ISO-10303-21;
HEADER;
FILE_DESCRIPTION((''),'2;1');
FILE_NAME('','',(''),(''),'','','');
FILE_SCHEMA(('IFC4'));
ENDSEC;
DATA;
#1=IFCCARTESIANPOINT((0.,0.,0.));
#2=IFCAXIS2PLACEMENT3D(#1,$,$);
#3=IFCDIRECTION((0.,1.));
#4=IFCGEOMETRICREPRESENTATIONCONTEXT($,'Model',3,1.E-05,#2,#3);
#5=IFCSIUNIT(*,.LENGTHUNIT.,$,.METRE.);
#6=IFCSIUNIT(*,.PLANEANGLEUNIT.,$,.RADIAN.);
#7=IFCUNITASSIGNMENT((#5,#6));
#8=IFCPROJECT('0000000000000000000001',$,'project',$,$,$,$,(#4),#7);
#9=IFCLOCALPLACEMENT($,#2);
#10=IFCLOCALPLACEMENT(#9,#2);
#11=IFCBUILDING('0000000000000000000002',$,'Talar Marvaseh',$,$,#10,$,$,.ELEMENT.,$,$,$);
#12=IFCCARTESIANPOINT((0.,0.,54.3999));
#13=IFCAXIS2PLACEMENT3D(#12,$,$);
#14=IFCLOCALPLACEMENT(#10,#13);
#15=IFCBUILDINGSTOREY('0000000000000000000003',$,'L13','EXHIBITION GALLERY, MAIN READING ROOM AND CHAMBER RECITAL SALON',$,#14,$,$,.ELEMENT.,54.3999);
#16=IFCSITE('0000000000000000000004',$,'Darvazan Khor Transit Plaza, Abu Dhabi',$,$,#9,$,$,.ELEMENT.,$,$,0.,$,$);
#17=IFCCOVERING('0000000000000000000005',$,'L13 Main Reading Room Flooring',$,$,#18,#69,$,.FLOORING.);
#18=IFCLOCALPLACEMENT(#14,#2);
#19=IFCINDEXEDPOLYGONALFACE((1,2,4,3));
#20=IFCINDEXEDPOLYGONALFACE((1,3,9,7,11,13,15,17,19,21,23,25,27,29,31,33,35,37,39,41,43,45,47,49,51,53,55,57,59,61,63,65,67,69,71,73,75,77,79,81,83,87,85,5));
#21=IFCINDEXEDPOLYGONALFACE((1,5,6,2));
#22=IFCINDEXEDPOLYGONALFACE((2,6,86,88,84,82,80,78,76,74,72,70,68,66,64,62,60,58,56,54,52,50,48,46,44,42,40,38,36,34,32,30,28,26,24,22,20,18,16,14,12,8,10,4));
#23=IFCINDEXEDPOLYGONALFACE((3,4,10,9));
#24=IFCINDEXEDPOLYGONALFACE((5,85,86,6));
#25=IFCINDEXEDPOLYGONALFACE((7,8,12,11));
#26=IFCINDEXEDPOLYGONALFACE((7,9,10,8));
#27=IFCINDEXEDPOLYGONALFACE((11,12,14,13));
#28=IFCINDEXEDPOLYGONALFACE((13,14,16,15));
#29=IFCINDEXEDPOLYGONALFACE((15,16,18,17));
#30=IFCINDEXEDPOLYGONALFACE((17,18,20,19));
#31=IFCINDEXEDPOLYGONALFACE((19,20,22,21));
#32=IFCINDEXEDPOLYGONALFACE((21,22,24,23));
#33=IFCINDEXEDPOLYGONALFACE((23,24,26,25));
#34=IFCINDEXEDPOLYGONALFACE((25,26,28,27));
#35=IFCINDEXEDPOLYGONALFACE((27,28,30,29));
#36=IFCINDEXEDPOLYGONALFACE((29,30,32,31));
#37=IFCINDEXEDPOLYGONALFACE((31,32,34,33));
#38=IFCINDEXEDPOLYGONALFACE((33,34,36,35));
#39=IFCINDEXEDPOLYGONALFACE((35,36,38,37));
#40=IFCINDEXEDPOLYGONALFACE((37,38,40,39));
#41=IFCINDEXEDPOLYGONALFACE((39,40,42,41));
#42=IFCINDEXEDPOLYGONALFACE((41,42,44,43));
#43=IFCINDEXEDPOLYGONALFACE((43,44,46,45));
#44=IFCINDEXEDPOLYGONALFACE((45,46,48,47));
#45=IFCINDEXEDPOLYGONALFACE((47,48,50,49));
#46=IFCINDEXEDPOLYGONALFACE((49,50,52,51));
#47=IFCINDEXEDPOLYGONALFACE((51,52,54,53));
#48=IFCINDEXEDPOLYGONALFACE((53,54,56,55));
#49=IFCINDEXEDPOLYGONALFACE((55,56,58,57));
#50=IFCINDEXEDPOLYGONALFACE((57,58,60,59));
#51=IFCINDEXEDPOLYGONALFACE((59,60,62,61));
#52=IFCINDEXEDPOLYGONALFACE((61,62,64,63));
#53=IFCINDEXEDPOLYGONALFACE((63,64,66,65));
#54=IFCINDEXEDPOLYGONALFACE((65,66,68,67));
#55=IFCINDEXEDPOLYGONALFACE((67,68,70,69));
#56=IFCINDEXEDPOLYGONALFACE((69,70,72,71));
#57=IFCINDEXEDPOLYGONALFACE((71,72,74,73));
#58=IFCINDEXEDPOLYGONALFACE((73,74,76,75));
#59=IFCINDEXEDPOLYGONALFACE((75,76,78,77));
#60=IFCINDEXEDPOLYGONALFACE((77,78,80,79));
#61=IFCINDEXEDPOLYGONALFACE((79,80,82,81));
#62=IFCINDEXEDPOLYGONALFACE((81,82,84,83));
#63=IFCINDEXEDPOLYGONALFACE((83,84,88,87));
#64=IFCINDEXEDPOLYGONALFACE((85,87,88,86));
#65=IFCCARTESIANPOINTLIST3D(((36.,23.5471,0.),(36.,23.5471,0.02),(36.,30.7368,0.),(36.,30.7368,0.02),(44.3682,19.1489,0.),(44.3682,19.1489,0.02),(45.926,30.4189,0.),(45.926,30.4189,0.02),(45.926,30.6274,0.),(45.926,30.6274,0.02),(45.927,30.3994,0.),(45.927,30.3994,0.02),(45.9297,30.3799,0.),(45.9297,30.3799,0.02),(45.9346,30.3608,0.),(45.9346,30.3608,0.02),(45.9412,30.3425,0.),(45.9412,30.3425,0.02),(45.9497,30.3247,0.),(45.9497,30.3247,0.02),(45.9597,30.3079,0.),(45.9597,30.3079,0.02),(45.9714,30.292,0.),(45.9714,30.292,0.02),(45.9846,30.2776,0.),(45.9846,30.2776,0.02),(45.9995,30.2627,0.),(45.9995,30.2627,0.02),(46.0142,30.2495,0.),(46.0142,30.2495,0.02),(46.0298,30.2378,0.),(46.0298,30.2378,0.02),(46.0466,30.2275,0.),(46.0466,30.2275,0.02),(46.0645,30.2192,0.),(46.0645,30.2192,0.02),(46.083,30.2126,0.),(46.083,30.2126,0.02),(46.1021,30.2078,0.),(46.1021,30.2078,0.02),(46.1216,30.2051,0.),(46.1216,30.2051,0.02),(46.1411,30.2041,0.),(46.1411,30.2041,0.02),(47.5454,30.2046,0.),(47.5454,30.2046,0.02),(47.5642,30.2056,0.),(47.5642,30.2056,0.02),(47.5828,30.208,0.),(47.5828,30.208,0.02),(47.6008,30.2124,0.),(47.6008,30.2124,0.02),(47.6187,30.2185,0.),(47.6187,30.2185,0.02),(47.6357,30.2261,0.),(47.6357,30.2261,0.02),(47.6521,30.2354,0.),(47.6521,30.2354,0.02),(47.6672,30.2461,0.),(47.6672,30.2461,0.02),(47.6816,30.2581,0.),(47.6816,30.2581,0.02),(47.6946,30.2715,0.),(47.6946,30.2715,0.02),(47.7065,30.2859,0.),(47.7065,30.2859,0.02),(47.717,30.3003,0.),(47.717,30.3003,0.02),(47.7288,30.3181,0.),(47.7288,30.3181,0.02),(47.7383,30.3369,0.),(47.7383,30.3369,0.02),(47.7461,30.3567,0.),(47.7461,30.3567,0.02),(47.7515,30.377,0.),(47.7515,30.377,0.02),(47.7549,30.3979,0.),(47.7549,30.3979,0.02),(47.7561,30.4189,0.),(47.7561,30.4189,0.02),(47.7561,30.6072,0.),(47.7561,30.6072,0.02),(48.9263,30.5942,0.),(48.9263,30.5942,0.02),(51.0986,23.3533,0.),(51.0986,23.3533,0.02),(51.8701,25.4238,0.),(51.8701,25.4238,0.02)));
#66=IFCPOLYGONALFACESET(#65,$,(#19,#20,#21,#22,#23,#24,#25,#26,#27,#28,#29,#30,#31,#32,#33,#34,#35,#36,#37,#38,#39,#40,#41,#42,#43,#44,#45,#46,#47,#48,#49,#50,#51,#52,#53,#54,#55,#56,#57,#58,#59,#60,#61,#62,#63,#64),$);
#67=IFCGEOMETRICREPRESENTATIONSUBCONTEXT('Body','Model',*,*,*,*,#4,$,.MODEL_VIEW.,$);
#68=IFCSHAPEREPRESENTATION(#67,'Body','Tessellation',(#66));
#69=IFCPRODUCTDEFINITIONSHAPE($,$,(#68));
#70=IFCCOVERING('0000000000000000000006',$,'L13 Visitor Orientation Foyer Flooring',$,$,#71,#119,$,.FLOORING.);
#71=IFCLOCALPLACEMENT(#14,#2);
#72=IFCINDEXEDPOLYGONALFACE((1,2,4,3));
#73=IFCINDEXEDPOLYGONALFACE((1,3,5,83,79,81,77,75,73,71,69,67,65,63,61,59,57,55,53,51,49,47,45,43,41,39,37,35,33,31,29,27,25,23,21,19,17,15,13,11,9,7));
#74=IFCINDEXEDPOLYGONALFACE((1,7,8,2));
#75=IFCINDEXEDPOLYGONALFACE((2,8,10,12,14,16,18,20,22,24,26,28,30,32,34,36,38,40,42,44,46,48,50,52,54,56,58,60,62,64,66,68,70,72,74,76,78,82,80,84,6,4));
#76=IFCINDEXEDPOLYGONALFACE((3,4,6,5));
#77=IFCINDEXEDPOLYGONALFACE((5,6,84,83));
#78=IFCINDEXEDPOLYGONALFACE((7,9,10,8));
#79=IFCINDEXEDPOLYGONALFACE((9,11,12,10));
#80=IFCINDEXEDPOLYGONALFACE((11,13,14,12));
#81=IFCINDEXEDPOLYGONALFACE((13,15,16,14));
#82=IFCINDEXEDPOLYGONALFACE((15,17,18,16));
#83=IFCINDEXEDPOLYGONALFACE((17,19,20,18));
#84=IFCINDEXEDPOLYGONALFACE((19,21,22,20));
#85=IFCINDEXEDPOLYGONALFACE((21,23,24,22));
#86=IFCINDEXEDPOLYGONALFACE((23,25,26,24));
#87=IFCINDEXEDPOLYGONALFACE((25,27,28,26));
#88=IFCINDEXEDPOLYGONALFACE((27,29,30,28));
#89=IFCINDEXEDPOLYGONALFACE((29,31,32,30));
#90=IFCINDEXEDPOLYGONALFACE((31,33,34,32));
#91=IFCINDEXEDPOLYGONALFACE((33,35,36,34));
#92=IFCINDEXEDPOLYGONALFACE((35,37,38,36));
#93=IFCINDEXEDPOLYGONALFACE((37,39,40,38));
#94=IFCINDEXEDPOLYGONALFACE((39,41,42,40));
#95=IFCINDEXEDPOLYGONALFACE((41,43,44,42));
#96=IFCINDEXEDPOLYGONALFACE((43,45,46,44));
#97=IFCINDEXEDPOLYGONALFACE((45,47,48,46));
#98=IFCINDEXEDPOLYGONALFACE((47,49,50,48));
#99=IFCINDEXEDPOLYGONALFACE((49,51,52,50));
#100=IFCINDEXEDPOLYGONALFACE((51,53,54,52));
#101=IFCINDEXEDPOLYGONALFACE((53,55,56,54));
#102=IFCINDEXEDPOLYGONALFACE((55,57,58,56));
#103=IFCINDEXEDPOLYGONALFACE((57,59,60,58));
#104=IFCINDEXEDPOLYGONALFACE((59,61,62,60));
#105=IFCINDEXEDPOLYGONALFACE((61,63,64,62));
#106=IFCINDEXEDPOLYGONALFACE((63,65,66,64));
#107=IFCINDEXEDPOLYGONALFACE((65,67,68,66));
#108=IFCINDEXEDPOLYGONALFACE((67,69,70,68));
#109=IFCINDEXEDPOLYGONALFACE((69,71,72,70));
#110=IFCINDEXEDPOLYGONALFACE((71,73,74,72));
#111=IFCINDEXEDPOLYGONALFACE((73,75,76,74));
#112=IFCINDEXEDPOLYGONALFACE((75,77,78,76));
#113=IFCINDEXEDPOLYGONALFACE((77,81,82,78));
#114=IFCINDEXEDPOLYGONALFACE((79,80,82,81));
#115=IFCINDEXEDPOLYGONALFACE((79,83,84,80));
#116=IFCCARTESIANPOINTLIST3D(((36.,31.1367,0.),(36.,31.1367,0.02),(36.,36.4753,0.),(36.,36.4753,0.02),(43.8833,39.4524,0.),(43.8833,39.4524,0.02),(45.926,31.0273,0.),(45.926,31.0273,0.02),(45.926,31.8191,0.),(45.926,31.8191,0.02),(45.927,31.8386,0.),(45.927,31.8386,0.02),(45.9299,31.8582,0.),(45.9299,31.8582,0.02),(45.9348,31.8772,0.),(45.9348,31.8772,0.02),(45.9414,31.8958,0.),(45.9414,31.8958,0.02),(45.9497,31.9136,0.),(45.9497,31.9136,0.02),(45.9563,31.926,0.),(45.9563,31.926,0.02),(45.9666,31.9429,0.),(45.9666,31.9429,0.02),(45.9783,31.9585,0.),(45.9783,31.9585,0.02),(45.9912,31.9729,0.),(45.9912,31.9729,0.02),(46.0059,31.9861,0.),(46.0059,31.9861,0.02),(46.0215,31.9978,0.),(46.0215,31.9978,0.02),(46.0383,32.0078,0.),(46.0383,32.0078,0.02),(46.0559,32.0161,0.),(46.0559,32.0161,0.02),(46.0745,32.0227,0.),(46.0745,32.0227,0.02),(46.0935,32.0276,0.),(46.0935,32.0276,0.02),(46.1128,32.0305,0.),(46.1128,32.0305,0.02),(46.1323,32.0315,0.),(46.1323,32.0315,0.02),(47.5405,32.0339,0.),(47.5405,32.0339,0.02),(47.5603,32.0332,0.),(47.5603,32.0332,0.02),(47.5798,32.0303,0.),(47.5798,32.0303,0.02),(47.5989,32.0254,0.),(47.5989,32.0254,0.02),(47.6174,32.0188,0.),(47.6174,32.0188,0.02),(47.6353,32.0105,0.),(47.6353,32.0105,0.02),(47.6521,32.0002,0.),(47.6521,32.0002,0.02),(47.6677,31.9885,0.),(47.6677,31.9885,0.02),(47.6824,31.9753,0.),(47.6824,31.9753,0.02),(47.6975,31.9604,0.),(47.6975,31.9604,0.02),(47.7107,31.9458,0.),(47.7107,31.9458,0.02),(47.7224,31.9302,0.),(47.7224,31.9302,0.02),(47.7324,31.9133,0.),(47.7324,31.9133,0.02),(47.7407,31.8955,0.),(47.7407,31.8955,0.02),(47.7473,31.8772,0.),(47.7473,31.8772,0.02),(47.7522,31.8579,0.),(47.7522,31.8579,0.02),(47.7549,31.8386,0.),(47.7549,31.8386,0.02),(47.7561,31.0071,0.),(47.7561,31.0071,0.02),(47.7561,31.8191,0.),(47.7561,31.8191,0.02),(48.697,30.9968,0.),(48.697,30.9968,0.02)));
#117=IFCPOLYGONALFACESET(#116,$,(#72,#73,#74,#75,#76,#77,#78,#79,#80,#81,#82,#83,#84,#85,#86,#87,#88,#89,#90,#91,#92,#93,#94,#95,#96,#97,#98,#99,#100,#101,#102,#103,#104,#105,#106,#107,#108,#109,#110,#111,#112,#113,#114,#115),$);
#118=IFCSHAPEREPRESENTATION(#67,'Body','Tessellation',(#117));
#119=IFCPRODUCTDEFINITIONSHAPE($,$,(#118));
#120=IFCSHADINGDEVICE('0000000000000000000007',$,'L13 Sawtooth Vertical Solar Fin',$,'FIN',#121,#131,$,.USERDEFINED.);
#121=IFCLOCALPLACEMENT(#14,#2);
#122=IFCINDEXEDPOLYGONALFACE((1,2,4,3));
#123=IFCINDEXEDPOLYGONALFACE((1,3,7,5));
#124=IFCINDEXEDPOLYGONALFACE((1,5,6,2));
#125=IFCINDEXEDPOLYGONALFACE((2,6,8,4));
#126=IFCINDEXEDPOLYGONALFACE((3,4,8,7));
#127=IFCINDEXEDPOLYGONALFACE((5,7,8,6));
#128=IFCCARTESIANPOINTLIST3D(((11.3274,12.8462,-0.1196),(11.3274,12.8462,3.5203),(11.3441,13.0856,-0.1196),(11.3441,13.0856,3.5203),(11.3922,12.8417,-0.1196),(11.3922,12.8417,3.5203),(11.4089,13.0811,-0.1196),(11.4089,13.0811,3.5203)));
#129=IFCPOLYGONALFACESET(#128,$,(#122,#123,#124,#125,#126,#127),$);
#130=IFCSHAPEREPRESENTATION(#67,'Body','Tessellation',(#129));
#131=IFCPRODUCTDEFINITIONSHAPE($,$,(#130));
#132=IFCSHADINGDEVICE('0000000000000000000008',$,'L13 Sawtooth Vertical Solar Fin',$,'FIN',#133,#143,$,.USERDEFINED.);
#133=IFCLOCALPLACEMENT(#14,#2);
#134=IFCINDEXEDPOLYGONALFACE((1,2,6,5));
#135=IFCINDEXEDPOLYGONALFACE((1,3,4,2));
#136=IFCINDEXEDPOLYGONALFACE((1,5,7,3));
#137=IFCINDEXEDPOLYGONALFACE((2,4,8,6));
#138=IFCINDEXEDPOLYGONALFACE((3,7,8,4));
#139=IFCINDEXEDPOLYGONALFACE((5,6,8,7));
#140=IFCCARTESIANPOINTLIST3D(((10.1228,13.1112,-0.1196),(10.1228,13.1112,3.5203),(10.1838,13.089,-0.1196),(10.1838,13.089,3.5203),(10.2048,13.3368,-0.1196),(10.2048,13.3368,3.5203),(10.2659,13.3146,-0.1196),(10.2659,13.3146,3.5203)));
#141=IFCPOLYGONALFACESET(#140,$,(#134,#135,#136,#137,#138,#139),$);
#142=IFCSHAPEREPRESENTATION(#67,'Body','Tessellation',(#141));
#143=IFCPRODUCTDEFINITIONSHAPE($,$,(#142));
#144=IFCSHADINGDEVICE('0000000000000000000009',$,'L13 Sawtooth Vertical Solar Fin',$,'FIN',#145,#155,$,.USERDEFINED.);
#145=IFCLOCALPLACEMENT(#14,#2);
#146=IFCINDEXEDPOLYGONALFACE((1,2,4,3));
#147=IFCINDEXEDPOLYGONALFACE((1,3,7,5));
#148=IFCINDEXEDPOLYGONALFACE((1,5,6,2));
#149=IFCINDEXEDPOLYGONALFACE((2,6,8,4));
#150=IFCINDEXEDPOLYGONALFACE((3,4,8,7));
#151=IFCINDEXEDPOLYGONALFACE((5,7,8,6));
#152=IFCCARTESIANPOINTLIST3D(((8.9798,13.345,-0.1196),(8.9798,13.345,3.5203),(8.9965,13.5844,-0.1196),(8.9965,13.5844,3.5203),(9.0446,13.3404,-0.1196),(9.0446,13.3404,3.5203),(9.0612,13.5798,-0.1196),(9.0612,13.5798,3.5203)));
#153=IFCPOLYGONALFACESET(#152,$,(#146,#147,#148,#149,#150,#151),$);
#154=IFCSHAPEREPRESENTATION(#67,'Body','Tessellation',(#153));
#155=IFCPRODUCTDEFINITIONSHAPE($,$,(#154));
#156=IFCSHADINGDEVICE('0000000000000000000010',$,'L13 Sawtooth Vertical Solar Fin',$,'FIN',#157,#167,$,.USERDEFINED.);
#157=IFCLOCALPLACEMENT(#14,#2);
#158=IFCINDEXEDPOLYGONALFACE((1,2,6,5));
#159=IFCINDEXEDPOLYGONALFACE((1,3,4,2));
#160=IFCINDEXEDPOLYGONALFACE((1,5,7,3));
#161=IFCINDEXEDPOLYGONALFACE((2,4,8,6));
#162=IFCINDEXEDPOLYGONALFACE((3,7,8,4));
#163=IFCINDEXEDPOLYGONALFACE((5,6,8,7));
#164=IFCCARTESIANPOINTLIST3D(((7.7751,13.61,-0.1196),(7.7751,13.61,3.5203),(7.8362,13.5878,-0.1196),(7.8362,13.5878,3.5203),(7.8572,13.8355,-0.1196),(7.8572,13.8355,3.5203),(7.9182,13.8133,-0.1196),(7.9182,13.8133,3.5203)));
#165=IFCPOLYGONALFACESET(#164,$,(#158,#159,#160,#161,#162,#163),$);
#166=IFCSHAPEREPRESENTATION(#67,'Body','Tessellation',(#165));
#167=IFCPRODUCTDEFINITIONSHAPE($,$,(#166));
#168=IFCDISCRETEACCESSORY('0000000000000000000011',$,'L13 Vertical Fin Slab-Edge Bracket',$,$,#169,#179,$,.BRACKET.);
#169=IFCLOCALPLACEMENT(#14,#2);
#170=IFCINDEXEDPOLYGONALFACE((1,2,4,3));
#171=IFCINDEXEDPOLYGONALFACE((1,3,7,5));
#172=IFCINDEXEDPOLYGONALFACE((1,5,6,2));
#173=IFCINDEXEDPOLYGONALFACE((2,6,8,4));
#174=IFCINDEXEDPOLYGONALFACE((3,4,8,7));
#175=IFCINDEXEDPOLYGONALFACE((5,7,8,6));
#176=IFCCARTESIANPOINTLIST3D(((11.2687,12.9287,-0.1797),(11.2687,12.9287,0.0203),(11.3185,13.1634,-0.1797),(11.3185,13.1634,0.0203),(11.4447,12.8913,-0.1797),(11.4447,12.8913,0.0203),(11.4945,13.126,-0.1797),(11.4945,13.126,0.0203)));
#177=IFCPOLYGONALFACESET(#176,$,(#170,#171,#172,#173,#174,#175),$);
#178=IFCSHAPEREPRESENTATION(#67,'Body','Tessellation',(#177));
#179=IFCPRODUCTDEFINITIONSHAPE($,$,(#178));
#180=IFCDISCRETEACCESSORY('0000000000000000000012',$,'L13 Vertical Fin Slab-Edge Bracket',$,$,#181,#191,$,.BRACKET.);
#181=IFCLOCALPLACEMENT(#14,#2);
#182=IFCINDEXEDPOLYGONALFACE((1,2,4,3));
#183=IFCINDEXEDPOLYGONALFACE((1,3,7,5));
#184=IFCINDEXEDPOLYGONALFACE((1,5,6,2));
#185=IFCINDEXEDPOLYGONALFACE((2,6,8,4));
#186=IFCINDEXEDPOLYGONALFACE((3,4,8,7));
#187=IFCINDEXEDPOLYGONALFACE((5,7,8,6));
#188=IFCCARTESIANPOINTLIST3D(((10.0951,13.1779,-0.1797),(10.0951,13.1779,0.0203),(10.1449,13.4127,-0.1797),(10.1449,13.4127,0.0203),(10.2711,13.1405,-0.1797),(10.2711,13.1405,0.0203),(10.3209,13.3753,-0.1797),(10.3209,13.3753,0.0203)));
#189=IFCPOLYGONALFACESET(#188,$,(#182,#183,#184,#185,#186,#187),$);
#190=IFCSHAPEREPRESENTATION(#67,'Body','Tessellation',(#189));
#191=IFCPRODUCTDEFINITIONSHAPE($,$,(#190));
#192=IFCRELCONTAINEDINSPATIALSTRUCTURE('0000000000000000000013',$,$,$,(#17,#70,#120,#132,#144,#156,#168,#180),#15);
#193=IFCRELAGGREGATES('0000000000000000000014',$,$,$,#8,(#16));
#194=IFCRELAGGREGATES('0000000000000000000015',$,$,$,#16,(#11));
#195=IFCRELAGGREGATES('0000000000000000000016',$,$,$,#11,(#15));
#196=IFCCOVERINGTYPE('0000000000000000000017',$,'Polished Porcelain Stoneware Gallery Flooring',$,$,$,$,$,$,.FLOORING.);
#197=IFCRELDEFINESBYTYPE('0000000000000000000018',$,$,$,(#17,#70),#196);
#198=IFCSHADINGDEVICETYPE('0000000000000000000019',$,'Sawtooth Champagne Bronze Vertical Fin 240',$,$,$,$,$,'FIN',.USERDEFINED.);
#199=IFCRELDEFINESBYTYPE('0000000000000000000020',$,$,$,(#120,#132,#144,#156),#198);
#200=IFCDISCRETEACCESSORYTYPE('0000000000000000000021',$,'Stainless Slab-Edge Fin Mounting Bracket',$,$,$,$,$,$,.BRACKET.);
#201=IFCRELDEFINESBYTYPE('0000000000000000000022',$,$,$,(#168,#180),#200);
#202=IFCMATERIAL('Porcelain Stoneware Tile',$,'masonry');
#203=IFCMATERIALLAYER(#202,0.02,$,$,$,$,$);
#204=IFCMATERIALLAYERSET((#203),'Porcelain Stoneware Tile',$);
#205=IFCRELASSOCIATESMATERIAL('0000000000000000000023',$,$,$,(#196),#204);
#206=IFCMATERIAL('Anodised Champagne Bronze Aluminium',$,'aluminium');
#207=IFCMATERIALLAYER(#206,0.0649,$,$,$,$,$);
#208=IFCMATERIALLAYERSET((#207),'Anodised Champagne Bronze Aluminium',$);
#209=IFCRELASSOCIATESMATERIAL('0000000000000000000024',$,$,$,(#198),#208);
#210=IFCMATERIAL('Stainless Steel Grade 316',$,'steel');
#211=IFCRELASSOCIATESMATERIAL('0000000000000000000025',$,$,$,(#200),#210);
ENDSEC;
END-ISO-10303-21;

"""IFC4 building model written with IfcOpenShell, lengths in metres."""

from ifc_helpers import new_model, si_unit, direction, frame, origin, origin_2d, place, context, subcontext, project, spatial, polyline, rectangle, outline, extrude, source, transform, mapped, material, layer, layer_set, type_object, type_shapes, element, save


model = new_model("IFC4")

# Units and contexts
model_context = context("Model", 3, precision=1e-05, world=origin(), true_north=direction((0.0, 1.0)))
body_context = subcontext(model_context, "Body", "Model", "MODEL_VIEW")
ifc_project = project(units=[si_unit("LENGTHUNIT", "METRE"), si_unit("PLANEANGLEUNIT", "RADIAN")], contexts=[model_context])

# Site, building, storey
site_placement = place(None, origin())
site = spatial("IfcSite", under=ifc_project, at=site_placement, Name="Darvazan Khor Transit Plaza, Abu Dhabi", CompositionType="ELEMENT", RefElevation=0.0)
building_placement = place(site_placement, origin())
building = spatial("IfcBuilding", under=site, at=building_placement, Name="Talar Marvaseh", CompositionType="ELEMENT")
storey_placement = place(building_placement, frame((0.0, 0.0, 54.3999)))
storey = spatial("IfcBuildingStorey", under=building, at=storey_placement, Name="L13", Description="EXHIBITION GALLERY, MAIN READING ROOM AND CHAMBER RECITAL SALON", CompositionType="ELEMENT", Elevation=54.3999)

# Coverings
ifc_material_1 = material(Name="Porcelain Stoneware Tile", Category="masonry")
ifc_layer_1 = layer(ifc_material_1, 0.02)
ifc_layer_set_1 = layer_set([ifc_layer_1], Name="Porcelain Stoneware Tile")
covering_type_1 = type_object("IfcCoveringType", Name="Polished Porcelain Stoneware Gallery Flooring", PredefinedType="FLOORING", material=ifc_layer_set_1)
covering_1_placement = place(storey_placement, origin())
element("IfcCovering", 1, at=covering_1_placement, inside=storey, type_object=covering_type_1, Name="L13 Main Reading Room Flooring", PredefinedType="FLOORING", context=body_context, shape_type="SweptSolid", body=[
    extrude(outline(polyline([(36.0, 23.5471), (36.0, 30.7368), (45.926, 30.6274), (45.926, 30.4189), (45.927, 30.3994), (45.9297, 30.3799), (45.9346, 30.3608), (45.9412, 30.3425), (45.9497, 30.3247), (45.9597, 30.3079), (45.9714, 30.292), (45.9846, 30.2776), (45.9995, 30.2627), (46.0142, 30.2495), (46.0298, 30.2378), (46.0466, 30.2275), (46.0645, 30.2192), (46.083, 30.2126), (46.1021, 30.2078), (46.1216, 30.2051), (46.1411, 30.2041), (47.5454, 30.2046), (47.5642, 30.2056), (47.5828, 30.208), (47.6008, 30.2124), (47.6187, 30.2185), (47.6357, 30.2261), (47.6521, 30.2354), (47.6672, 30.2461), (47.6816, 30.2581), (47.6946, 30.2715), (47.7065, 30.2859), (47.717, 30.3003), (47.7288, 30.3181), (47.7383, 30.3369), (47.7461, 30.3567), (47.7515, 30.377), (47.7549, 30.3979), (47.7561, 30.4189), (47.7561, 30.6072), (48.9263, 30.5942), (51.8701, 25.4238), (51.0986, 23.3533), (44.3682, 19.1489), (36.0, 23.5471)])), origin(), (0.0, 0.0, 1.0), 0.02),
])
covering_2_placement = place(storey_placement, origin())
element("IfcCovering", 2, at=covering_2_placement, inside=storey, type_object=covering_type_1, Name="L13 Visitor Orientation Foyer Flooring", PredefinedType="FLOORING", context=body_context, shape_type="SweptSolid", body=[
    extrude(outline(polyline([(47.7549, 31.8386), (47.7522, 31.8579), (47.7473, 31.8772), (47.7407, 31.8955), (47.7324, 31.9133), (47.7224, 31.9302), (47.7107, 31.9458), (47.6975, 31.9604), (47.6824, 31.9753), (47.6677, 31.9885), (47.6521, 32.0002), (47.6353, 32.0105), (47.6174, 32.0188), (47.5989, 32.0254), (47.5798, 32.0303), (47.5603, 32.0332), (47.5405, 32.0339), (46.1323, 32.0315), (46.1128, 32.0305), (46.0935, 32.0276), (46.0745, 32.0227), (46.0559, 32.0161), (46.0383, 32.0078), (46.0215, 31.9978), (46.0059, 31.9861), (45.9912, 31.9729), (45.9783, 31.9585), (45.9666, 31.9429), (45.9563, 31.926), (45.9497, 31.9136), (45.9414, 31.8958), (45.9348, 31.8772), (45.9299, 31.8582), (45.927, 31.8386), (45.926, 31.8191), (45.926, 31.0273), (36.0, 31.1367), (36.0, 36.4753), (43.8833, 39.4524), (48.697, 30.9968), (47.7561, 31.0071), (47.7561, 31.8191), (47.7549, 31.8386)])), origin(), (0.0, 0.0, 1.0), 0.02),
])

# Shading devices
ifc_material_2 = material(Name="Anodised Champagne Bronze Aluminium", Category="aluminium")
ifc_layer_2 = layer(ifc_material_2, 0.0649)
ifc_layer_set_2 = layer_set([ifc_layer_2], Name="Anodised Champagne Bronze Aluminium")
shading_device_type = type_object("IfcShadingDeviceType", Name="Sawtooth Champagne Bronze Vertical Fin 240", ElementType="FIN", PredefinedType="USERDEFINED", material=ifc_layer_set_2)
shared_shape_1 = source(origin(), body_context, "Body", "SweptSolid", [
    extrude(rectangle(XDim=0.24, YDim=0.0649, at=origin_2d()), origin(), (0.0, 0.0, 1.0), 3.6399),
])
type_shapes(shading_device_type, [shared_shape_1])
for number, where, z_axis, x_axis, name in (
    (3, (11.3682, 12.9636, -0.1196), (0.0, 0.0, 1.0), (-0.069582, -0.997576, 0.0), "L13 Sawtooth Vertical Solar Fin"),
    (4, (10.1943, 13.2129, -0.1196), (0.0, 0.0, 1.0), (-0.341856, -0.939752, 0.0), "L13 Sawtooth Vertical Solar Fin"),
    (5, (9.0205, 13.4624, -0.1196), (0.0, 0.0, 1.0), (-0.069582, -0.997576, 0.0), "L13 Sawtooth Vertical Solar Fin"),
    (6, (7.8467, 13.7117, -0.1196), (0.0, 0.0, 1.0), (-0.341856, -0.939752, 0.0), "L13 Sawtooth Vertical Solar Fin"),
):
    element("IfcShadingDevice", number, at=place(storey_placement, frame(where, z_axis=z_axis, x_axis=x_axis)), inside=storey, type_object=shading_device_type, Name=name, ObjectType="FIN", PredefinedType="USERDEFINED", context=body_context, shape_type="MappedRepresentation", body=[
        mapped(shared_shape_1, transform((0.0, 0.0, 0.0), x_axis=(1.0, 0.0, 0.0), y_axis=(0.0, 1.0, 0.0), z_axis=(0.0, 0.0, 1.0), scale=1.0)),
    ])

# Discrete accessories
ifc_material_3 = material(Name="Stainless Steel Grade 316", Category="steel")
discrete_accessory_type = type_object("IfcDiscreteAccessoryType", Name="Stainless Slab-Edge Fin Mounting Bracket", PredefinedType="BRACKET", material=ifc_material_3)
shared_shape_2 = source(origin(), body_context, "Body", "SweptSolid", [
    extrude(rectangle(XDim=0.24, YDim=0.1799, at=origin_2d()), origin(), (0.0, 0.0, 1.0), 0.2),
])
type_shapes(discrete_accessory_type, [shared_shape_2])
for number, where, z_axis, x_axis, name in (
    (7, (11.3816, 13.0273, -0.1797), (0.0, 0.0, 1.0), (-0.207741, -0.978184, 0.0), "L13 Vertical Fin Slab-Edge Bracket"),
    (8, (10.208, 13.2766, -0.1797), (0.0, 0.0, 1.0), (-0.207741, -0.978184, 0.0), "L13 Vertical Fin Slab-Edge Bracket"),
):
    element("IfcDiscreteAccessory", number, at=place(storey_placement, frame(where, z_axis=z_axis, x_axis=x_axis)), inside=storey, type_object=discrete_accessory_type, Name=name, PredefinedType="BRACKET", context=body_context, shape_type="MappedRepresentation", body=[
        mapped(shared_shape_2, transform((0.0, 0.0, 0.0), x_axis=(1.0, 0.0, 0.0), y_axis=(0.0, 1.0, 0.0), z_axis=(0.0, 0.0, 1.0), scale=1.0)),
    ])

save(model, "model.ifc")
